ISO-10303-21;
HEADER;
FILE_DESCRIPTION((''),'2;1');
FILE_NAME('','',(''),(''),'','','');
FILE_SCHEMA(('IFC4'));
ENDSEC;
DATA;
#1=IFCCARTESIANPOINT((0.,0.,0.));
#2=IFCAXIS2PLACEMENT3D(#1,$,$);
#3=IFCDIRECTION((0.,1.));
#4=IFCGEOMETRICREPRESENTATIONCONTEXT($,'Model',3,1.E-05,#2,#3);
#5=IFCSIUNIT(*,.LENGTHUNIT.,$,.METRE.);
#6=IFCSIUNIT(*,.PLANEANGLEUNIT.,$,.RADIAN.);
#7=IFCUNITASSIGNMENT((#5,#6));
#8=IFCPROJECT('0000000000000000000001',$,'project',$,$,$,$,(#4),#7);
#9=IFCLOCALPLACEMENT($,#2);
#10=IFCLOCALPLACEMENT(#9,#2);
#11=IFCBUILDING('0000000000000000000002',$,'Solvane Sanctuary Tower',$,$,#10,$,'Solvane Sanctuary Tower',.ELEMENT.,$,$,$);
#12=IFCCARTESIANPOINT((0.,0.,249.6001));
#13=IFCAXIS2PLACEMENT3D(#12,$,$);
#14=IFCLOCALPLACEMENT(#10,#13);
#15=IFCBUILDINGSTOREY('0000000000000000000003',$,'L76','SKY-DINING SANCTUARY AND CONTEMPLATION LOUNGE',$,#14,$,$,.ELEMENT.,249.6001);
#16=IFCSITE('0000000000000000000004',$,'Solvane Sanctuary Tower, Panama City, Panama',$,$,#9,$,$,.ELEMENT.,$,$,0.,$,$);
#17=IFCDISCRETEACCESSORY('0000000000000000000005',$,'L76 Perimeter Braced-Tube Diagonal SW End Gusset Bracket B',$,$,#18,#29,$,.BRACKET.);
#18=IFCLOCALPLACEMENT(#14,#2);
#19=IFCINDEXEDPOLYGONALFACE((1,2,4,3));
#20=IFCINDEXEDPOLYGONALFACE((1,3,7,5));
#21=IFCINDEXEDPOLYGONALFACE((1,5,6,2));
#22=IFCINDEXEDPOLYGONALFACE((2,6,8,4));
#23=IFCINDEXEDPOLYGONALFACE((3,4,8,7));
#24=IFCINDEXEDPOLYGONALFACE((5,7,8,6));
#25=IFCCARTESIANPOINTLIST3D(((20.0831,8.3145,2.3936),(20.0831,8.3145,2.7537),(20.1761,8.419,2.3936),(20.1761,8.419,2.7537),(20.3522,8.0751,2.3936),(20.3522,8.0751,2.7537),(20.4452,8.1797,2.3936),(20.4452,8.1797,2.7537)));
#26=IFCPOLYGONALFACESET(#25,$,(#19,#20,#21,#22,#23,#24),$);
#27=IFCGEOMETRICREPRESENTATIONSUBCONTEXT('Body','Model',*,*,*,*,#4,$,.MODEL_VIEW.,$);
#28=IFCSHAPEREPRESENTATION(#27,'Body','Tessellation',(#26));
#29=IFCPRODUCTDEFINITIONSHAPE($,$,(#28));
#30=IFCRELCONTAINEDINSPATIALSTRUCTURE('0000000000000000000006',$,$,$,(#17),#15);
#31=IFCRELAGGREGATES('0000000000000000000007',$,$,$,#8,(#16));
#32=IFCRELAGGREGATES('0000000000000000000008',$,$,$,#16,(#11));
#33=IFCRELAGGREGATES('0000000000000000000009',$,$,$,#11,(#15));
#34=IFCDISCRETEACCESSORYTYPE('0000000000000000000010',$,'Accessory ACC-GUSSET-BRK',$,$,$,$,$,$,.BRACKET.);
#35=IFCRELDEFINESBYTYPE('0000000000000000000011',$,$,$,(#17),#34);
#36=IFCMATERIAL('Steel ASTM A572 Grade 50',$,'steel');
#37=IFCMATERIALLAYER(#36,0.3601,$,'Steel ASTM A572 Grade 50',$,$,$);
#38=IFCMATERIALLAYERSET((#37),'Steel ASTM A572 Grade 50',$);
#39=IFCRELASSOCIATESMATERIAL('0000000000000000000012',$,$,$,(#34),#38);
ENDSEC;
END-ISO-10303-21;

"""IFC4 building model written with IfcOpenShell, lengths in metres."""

from ifc_helpers import new_model, si_unit, direction, frame, origin, origin_2d, place, context, subcontext, project, spatial, rectangle, extrude, material, layer, layer_set, type_object, element, save


model = new_model("IFC4")

# Units and contexts
model_context = context("Model", 3, precision=1e-05, world=origin(), true_north=direction((0.0, 1.0)))
body_context = subcontext(model_context, "Body", "Model", "MODEL_VIEW")
ifc_project = project(units=[si_unit("LENGTHUNIT", "METRE"), si_unit("PLANEANGLEUNIT", "RADIAN")], contexts=[model_context])

# Site, building, storey
site_placement = place(None, origin())
site = spatial("IfcSite", under=ifc_project, at=site_placement, Name="Solvane Sanctuary Tower, Panama City, Panama", CompositionType="ELEMENT", RefElevation=0.0)
building_placement = place(site_placement, origin())
building = spatial("IfcBuilding", under=site, at=building_placement, Name="Solvane Sanctuary Tower", LongName="Solvane Sanctuary Tower", CompositionType="ELEMENT")
storey_placement = place(building_placement, frame((0.0, 0.0, 249.6001)))
storey = spatial("IfcBuildingStorey", under=building, at=storey_placement, Name="L76", Description="SKY-DINING SANCTUARY AND CONTEMPLATION LOUNGE", CompositionType="ELEMENT", Elevation=249.6001)

# Discrete accessory
ifc_material_1 = material(Name="Steel ASTM A572 Grade 50", Category="steel")
ifc_layer_1 = layer(ifc_material_1, 0.3601, Name="Steel ASTM A572 Grade 50")
ifc_layer_set_1 = layer_set([ifc_layer_1], Name="Steel ASTM A572 Grade 50")
discrete_accessory_type = type_object("IfcDiscreteAccessoryType", Name="Accessory ACC-GUSSET-BRK", PredefinedType="BRACKET", material=ifc_layer_set_1)
discrete_accessory_placement = place(storey_placement, frame((20.2642, 8.2471, 2.3936), z_axis=(0.0, 0.0, 1.0), x_axis=(0.747218, -0.664579, 0.0)))
element("IfcDiscreteAccessory", 1, at=discrete_accessory_placement, inside=storey, type_object=discrete_accessory_type, Name="L76 Perimeter Braced-Tube Diagonal SW End Gusset Bracket B", PredefinedType="BRACKET", context=body_context, shape_type="SweptSolid", body=[
    extrude(rectangle(XDim=0.3601, YDim=0.1399, at=origin_2d()), origin(), (0.0, 0.0, 1.0), 0.3601),
])

save(model, "model.ifc")
